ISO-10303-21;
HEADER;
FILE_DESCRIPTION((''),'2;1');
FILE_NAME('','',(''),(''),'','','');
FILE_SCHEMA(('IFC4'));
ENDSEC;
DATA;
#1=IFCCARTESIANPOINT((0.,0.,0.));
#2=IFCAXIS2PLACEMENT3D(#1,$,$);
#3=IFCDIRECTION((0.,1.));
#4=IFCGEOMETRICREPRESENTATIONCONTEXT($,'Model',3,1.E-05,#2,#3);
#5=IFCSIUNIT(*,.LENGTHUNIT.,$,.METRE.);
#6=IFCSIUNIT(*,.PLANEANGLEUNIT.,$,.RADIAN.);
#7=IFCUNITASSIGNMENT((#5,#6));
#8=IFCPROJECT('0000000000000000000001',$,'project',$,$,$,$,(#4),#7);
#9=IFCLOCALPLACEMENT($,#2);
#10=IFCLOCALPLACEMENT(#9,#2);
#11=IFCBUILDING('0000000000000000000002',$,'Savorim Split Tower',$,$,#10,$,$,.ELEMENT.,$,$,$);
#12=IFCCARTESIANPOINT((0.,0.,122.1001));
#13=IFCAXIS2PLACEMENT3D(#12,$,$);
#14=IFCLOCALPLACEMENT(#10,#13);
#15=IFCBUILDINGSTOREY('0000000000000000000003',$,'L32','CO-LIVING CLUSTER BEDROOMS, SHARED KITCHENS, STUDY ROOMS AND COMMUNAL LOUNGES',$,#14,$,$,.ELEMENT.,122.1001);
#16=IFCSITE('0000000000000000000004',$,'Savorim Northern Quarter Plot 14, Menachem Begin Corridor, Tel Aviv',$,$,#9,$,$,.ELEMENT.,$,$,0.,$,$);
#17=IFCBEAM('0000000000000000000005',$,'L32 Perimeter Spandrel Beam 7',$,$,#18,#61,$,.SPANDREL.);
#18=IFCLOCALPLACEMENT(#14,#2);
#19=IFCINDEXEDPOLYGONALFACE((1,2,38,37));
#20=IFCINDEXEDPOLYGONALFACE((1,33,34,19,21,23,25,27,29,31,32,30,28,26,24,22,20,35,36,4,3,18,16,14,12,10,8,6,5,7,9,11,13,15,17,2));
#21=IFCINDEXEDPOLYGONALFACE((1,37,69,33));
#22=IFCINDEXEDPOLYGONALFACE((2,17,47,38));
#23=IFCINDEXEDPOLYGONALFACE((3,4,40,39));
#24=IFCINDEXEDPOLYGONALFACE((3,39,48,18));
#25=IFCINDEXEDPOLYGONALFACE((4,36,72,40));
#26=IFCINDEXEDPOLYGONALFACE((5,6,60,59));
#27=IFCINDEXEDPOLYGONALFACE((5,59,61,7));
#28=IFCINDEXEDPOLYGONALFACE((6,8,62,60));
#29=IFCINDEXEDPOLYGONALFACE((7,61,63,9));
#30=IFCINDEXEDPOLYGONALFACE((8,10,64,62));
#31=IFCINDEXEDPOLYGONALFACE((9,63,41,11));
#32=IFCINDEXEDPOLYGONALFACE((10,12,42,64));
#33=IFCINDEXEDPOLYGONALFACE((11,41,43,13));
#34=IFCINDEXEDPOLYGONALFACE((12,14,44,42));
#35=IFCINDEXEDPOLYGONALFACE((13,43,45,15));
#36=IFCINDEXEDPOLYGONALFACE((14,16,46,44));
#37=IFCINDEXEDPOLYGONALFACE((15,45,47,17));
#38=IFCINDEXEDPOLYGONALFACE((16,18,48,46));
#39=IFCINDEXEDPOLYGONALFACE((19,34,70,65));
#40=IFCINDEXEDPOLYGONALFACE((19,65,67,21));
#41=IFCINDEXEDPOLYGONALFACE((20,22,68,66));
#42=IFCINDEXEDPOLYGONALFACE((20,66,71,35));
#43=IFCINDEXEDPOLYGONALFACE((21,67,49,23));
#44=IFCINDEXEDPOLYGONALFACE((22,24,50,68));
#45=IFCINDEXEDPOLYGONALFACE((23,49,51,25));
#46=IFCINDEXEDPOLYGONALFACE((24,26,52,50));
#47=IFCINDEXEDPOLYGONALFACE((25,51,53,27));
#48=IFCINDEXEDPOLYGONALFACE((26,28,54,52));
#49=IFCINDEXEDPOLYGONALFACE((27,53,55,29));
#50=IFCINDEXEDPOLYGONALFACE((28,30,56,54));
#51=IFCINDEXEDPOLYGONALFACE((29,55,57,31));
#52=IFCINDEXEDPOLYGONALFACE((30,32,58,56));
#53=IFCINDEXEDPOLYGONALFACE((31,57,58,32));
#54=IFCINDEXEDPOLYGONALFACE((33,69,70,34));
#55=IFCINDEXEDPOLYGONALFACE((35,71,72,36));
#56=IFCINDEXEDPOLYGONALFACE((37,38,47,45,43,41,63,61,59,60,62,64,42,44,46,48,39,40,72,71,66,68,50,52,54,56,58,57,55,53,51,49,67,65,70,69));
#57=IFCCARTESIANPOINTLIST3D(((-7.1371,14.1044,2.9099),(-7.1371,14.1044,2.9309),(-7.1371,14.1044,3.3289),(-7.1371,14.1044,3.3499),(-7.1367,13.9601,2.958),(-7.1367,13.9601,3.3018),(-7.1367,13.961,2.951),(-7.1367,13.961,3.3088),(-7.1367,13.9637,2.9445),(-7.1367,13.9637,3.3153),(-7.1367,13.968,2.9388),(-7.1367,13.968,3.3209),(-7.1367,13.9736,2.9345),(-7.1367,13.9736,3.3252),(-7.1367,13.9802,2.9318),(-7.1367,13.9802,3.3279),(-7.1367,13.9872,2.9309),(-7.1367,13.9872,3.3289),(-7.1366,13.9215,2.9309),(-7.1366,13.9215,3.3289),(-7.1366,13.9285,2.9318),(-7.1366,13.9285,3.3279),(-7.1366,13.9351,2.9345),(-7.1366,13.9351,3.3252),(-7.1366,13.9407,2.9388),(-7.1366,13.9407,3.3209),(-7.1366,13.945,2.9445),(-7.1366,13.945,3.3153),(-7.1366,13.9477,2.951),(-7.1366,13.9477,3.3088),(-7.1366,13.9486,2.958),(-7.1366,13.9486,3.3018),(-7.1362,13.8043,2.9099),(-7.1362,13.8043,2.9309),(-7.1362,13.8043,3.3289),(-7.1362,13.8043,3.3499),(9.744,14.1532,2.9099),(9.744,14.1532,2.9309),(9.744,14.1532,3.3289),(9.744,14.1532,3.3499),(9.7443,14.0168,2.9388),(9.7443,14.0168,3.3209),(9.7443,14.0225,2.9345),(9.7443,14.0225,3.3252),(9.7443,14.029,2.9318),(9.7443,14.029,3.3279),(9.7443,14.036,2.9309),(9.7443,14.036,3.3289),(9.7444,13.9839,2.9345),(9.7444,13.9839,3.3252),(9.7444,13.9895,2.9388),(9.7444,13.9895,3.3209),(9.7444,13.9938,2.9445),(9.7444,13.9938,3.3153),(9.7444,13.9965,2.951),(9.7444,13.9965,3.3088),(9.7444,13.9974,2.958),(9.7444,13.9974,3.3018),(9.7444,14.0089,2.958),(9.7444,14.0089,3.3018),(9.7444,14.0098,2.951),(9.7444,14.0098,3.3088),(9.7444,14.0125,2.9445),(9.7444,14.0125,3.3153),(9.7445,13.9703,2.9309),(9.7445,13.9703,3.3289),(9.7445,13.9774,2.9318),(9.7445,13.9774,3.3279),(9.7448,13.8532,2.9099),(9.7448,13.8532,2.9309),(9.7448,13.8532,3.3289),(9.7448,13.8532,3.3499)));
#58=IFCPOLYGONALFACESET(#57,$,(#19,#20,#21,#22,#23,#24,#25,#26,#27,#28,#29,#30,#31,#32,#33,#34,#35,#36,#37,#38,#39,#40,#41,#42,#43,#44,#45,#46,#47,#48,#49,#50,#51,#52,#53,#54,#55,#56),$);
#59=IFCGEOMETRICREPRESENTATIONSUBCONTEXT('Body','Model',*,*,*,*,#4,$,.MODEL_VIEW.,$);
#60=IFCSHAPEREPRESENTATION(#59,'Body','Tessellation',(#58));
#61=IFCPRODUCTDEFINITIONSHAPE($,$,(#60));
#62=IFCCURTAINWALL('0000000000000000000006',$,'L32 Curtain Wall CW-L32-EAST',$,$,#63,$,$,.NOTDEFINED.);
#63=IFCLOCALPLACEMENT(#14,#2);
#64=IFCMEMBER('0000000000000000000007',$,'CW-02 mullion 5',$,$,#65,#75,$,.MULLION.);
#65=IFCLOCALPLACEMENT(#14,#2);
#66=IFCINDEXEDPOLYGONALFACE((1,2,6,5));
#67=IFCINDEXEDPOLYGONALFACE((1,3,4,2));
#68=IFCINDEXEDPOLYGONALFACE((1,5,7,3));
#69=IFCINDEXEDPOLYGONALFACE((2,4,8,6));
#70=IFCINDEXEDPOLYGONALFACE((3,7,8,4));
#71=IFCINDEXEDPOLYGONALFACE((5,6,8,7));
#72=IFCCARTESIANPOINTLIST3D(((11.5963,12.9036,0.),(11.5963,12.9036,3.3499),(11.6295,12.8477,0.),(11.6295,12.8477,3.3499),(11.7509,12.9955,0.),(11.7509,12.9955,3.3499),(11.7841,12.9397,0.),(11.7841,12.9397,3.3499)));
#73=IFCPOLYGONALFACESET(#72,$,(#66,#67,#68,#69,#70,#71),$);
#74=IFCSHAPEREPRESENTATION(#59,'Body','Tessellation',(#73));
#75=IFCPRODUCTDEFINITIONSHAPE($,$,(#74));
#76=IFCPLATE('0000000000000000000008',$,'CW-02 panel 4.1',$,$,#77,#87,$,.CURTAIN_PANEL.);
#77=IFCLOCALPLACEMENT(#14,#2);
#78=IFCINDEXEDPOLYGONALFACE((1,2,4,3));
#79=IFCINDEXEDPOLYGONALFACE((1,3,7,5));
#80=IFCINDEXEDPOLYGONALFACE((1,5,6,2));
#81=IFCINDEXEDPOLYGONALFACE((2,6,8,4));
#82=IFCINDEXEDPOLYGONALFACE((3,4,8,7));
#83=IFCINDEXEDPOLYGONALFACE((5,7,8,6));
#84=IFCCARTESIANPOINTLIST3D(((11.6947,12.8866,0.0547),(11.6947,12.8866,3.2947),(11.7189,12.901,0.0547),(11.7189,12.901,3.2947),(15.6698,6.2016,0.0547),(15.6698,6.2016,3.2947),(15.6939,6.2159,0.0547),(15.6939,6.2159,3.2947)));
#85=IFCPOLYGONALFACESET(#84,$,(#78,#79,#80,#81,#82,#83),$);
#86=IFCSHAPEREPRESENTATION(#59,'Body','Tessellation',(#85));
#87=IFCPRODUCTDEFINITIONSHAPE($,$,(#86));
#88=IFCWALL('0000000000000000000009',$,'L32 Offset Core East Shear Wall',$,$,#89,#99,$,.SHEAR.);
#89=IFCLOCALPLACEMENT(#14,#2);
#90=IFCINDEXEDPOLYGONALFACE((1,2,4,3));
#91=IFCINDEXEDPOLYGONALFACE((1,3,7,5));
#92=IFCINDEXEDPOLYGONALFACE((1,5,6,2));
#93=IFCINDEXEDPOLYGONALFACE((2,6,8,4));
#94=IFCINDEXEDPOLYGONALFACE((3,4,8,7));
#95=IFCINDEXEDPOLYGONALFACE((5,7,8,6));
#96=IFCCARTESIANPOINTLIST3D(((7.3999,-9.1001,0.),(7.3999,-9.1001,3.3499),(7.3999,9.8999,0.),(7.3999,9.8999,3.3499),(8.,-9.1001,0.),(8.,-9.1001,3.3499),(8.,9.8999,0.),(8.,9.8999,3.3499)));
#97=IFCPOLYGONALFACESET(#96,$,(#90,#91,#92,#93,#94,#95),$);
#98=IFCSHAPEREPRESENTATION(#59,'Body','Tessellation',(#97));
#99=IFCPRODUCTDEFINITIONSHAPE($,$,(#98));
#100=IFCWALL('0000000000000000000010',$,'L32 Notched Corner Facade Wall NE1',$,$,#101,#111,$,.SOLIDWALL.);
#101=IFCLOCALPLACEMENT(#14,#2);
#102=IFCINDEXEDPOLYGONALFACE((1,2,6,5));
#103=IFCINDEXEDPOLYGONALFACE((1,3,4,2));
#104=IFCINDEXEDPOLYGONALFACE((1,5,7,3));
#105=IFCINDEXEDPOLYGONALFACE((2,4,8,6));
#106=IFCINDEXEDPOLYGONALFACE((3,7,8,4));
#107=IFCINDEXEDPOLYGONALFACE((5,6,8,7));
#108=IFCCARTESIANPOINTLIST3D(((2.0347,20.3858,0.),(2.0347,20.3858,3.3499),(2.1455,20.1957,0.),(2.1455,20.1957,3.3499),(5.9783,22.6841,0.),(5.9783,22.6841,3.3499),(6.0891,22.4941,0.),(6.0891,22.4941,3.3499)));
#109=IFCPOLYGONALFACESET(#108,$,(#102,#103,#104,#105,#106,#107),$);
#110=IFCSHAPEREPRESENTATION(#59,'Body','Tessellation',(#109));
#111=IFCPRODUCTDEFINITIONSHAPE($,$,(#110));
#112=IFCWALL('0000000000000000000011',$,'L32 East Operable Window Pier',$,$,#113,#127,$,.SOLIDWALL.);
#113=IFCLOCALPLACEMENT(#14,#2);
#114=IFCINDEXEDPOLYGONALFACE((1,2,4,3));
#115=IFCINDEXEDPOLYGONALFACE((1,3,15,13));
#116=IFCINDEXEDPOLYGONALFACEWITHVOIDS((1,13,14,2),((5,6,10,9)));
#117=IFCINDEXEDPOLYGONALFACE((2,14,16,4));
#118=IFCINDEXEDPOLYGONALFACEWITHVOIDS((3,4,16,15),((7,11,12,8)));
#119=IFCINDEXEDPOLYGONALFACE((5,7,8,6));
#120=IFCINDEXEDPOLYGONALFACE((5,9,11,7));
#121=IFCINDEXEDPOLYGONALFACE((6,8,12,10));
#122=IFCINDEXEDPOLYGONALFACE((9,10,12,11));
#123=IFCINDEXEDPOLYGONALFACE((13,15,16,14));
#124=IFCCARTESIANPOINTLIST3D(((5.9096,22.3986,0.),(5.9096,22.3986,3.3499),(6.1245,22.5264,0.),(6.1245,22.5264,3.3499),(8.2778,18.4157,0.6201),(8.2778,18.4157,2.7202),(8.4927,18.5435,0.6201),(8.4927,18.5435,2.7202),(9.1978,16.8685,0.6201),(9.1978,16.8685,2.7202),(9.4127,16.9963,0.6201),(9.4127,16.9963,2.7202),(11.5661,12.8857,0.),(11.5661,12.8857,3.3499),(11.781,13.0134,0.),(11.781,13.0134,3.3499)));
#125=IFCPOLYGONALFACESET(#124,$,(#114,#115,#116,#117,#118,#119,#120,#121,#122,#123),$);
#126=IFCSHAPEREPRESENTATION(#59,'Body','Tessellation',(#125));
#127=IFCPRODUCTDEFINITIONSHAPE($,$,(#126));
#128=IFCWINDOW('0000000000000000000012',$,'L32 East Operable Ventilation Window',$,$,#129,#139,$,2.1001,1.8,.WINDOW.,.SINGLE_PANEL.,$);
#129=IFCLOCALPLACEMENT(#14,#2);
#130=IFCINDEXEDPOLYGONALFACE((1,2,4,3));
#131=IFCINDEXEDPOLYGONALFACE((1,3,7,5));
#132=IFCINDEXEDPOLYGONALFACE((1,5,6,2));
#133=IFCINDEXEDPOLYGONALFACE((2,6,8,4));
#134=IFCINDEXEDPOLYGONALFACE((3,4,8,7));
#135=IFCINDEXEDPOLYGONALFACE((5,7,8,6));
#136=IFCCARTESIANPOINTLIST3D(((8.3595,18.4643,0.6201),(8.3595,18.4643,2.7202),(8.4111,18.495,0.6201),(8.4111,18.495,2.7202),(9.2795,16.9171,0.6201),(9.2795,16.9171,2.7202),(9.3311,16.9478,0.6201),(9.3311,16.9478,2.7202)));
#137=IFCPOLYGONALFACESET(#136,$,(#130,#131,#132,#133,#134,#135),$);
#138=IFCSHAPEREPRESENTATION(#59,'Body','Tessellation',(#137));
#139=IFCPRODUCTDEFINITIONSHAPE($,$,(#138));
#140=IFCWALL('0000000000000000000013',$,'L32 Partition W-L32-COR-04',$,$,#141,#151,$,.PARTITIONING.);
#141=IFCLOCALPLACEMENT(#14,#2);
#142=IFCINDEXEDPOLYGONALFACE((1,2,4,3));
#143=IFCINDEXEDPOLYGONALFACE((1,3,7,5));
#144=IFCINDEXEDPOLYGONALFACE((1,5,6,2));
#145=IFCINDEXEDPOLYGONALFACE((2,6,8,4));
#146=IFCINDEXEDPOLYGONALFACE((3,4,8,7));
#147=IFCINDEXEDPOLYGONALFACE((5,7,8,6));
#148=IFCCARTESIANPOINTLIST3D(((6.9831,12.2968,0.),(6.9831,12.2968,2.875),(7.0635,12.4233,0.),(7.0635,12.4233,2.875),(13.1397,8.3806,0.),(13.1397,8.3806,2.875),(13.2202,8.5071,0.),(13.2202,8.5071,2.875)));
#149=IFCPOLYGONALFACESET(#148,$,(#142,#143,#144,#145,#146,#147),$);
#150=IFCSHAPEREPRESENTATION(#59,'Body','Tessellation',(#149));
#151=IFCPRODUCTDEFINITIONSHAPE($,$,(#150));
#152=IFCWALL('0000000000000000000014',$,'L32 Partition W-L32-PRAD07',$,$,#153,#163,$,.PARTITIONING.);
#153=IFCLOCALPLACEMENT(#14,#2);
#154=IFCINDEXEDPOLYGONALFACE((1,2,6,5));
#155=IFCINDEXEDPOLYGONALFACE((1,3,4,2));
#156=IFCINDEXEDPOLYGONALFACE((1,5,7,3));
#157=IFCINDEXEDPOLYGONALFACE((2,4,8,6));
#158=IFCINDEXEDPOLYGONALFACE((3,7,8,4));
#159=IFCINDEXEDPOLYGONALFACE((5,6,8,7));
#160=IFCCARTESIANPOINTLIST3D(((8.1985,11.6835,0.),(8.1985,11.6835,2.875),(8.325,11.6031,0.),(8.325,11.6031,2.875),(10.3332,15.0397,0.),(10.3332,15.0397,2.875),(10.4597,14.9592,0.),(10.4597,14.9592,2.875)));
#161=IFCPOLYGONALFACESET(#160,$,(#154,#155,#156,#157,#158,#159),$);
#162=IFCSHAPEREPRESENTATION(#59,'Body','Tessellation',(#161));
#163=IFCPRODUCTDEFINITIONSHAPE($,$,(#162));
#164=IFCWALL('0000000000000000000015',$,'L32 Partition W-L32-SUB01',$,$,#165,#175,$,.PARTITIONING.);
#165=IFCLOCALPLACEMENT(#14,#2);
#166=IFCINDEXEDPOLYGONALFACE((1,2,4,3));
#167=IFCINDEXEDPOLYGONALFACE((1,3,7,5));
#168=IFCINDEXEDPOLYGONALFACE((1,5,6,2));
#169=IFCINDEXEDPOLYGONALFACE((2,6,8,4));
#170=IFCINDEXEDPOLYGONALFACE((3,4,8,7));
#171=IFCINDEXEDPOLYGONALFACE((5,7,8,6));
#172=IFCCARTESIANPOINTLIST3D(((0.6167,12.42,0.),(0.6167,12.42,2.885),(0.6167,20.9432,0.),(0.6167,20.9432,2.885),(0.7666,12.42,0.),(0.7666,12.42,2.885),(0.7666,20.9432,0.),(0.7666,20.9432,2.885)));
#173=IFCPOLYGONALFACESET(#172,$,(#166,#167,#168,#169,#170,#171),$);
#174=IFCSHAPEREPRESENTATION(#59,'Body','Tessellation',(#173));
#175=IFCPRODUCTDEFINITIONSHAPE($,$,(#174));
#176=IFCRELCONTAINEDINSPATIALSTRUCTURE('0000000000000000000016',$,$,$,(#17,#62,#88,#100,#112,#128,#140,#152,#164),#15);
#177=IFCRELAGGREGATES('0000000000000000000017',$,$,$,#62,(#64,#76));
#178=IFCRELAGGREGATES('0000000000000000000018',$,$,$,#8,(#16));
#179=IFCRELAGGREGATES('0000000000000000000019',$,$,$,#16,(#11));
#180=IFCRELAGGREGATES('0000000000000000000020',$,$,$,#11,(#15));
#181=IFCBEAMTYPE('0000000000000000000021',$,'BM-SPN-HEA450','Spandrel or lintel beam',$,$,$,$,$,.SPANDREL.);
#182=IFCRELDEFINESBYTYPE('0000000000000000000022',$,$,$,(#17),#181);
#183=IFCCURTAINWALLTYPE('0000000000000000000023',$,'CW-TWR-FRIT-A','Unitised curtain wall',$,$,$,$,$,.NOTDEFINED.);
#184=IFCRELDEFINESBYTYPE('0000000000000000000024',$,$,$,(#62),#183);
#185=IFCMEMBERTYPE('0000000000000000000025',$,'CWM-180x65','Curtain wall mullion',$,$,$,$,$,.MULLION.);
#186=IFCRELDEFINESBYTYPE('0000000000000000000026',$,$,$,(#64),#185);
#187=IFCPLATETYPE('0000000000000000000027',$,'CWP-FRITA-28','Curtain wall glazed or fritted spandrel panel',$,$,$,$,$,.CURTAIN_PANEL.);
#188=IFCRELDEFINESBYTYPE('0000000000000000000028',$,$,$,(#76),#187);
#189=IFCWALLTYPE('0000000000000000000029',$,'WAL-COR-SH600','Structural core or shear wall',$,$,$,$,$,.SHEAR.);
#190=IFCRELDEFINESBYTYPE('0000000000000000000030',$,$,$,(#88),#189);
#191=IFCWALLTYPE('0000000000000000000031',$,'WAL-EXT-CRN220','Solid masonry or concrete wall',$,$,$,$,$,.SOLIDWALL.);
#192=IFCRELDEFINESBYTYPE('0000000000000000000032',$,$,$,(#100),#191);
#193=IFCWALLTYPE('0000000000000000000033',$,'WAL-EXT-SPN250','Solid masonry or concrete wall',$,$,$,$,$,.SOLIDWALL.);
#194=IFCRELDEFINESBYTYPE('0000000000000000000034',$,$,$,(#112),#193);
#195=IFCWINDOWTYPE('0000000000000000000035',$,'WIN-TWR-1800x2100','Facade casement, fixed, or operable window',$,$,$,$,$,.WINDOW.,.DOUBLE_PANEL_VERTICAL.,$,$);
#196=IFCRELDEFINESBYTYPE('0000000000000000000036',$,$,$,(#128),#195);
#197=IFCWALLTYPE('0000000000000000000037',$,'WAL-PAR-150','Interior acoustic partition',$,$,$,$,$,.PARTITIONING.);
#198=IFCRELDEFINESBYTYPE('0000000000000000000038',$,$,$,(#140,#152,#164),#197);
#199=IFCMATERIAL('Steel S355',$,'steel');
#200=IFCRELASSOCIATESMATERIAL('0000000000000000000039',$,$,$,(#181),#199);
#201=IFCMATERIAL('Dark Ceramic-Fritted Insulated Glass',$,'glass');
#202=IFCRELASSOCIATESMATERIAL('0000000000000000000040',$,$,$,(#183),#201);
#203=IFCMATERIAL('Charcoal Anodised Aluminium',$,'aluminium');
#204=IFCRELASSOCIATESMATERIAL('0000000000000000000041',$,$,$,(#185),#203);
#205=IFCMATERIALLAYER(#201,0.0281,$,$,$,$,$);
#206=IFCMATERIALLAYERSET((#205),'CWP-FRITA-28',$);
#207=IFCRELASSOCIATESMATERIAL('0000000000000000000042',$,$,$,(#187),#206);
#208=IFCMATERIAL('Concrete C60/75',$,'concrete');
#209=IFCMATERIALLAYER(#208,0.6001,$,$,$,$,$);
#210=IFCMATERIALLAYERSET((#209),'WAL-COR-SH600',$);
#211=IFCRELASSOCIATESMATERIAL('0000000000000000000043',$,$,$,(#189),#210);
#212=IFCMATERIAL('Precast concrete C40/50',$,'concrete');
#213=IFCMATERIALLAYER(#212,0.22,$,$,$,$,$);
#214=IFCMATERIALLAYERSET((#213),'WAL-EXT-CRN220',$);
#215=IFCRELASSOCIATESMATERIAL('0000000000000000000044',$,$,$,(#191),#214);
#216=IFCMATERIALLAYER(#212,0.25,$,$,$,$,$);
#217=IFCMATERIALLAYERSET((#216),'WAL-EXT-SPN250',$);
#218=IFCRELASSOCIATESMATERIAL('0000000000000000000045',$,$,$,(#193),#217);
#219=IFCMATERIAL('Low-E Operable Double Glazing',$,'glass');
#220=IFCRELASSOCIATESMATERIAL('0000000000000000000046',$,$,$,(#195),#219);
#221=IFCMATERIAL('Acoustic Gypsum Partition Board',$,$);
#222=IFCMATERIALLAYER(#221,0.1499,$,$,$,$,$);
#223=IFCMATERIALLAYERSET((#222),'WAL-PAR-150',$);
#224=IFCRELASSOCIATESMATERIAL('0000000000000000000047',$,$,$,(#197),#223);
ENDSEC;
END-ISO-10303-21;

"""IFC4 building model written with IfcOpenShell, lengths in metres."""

from ifc_helpers import new_model, si_unit, direction, frame, frame_2d, origin, origin_2d, place, context, subcontext, project, spatial, rectangle, i_section, extrude, material, layer, layer_set, material_profile, profile_set, type_object, element, fill, aggregate, save


model = new_model("IFC4")

# Units and contexts
model_context = context("Model", 3, precision=1e-05, world=origin(), true_north=direction((0.0, 1.0)))
body_context = subcontext(model_context, "Body", "Model", "MODEL_VIEW")
ifc_project = project(units=[si_unit("LENGTHUNIT", "METRE"), si_unit("PLANEANGLEUNIT", "RADIAN")], contexts=[model_context])

# Site, building, storey
site_placement = place(None, origin())
site = spatial("IfcSite", under=ifc_project, at=site_placement, Name="Savorim Northern Quarter Plot 14, Menachem Begin Corridor, Tel Aviv", CompositionType="ELEMENT", RefElevation=0.0)
building_placement = place(site_placement, origin())
building = spatial("IfcBuilding", under=site, at=building_placement, Name="Savorim Split Tower", CompositionType="ELEMENT")
storey_placement = place(building_placement, frame((0.0, 0.0, 122.1001)))
storey = spatial("IfcBuildingStorey", under=building, at=storey_placement, Name="L32", Description="CO-LIVING CLUSTER BEDROOMS, SHARED KITCHENS, STUDY ROOMS AND COMMUNAL LOUNGES", CompositionType="ELEMENT", Elevation=122.1001)

# Beam
ifc_material_1 = material(Name="Steel S355", Category="steel")
ifc_material_profile_1 = material_profile(ifc_material_1, i_section(OverallWidth=0.3, OverallDepth=0.4399, WebThickness=0.0115, FlangeThickness=0.021, FilletRadius=0.0271, at=origin_2d()), Name="HEA 450")
ifc_profile_set_1 = profile_set([ifc_material_profile_1], Name="Steel S355")
beam_type_1 = type_object("IfcBeamType", Name="BM-SPN-HEA450", Description="Spandrel or lintel beam", PredefinedType="SPANDREL", material=ifc_profile_set_1)
beam_1_placement = place(storey_placement, frame((9.7444, 14.0032, 3.1299), z_axis=(-0.999996, -0.002892, 0.0), x_axis=(0.002892, -0.999996, 0.0)))
element("IfcBeam", 1, at=beam_1_placement, inside=storey, type_object=beam_type_1, Name="L32 Perimeter Spandrel Beam 7", PredefinedType="SPANDREL", context=body_context, shape_type="SweptSolid", body=[
    extrude(i_section(OverallWidth=0.3, OverallDepth=0.4399, WebThickness=0.0115, FlangeThickness=0.021, FilletRadius=0.0271, at=origin_2d()), origin(), (0.0, 0.0, 1.0), 16.8811),
])

# Curtain wall, member, plate
ifc_material_2 = material(Name="Dark Ceramic-Fritted Insulated Glass", Category="glass")
curtain_wall_type = type_object("IfcCurtainWallType", Name="CW-TWR-FRIT-A", Description="Unitised curtain wall", PredefinedType="NOTDEFINED", material=ifc_material_2)
curtain_wall_placement = place(storey_placement, origin())
curtain_wall = element("IfcCurtainWall", 2, at=curtain_wall_placement, inside=storey, type_object=curtain_wall_type, Name="L32 Curtain Wall CW-L32-EAST", PredefinedType="NOTDEFINED")
ifc_material_3 = material(Name="Charcoal Anodised Aluminium", Category="aluminium")
ifc_material_profile_2 = material_profile(ifc_material_3, rectangle(XDim=0.1799, YDim=0.0649, at=origin_2d()), Name="ALU-M 180x65")
ifc_profile_set_2 = profile_set([ifc_material_profile_2], Name="Charcoal Anodised Aluminium")
member_type = type_object("IfcMemberType", Name="CWM-180x65", Description="Curtain wall mullion", PredefinedType="MULLION", material=ifc_profile_set_2)
member_placement = place(storey_placement, frame((11.6902, 12.9216, 0.0), z_axis=(0.0, 0.0, 1.0), x_axis=(-0.859525, -0.511093, 0.0)))
member = element("IfcMember", 3, at=member_placement, type_object=member_type, Name="CW-02 mullion 5", PredefinedType="MULLION", context=body_context, shape_type="SweptSolid", body=[
    extrude(rectangle(XDim=0.1799, YDim=0.0649, at=origin_2d()), origin(), (0.0, 0.0, 1.0), 3.3499),
])
ifc_layer_1 = layer(ifc_material_2, 0.0281)
ifc_layer_set_1 = layer_set([ifc_layer_1], Name="CWP-FRITA-28")
plate_type = type_object("IfcPlateType", Name="CWP-FRITA-28", Description="Curtain wall glazed or fritted spandrel panel", PredefinedType="CURTAIN_PANEL", material=ifc_layer_set_1)
plate_placement = place(storey_placement, frame((13.6943, 9.5513, 0.0547), z_axis=(0.0, 0.0, 1.0), x_axis=(-0.511093, 0.859525, 0.0)))
plate = element("IfcPlate", 4, at=plate_placement, type_object=plate_type, Name="CW-02 panel 4.1", PredefinedType="CURTAIN_PANEL", context=body_context, shape_type="SweptSolid", body=[
    extrude(rectangle(XDim=7.7776, YDim=0.0281, at=origin_2d()), origin(), (0.0, 0.0, 1.0), 3.24),
])
aggregate(curtain_wall, [member, plate])

# Shared definitions
ifc_material_4 = material(Name="Concrete C60/75", Category="concrete")
ifc_layer_2 = layer(ifc_material_4, 0.6001)
ifc_layer_set_2 = layer_set([ifc_layer_2], Name="WAL-COR-SH600")
wall_type_1 = type_object("IfcWallType", Name="WAL-COR-SH600", Description="Structural core or shear wall", PredefinedType="SHEAR", material=ifc_layer_set_2)

# Walls
wall_1_placement = place(storey_placement, frame((7.7, 9.8999, 0.0), z_axis=(0.0, 0.0, 1.0), x_axis=(0.0, -1.0, 0.0)))
element("IfcWall", 5, at=wall_1_placement, inside=storey, type_object=wall_type_1, Name="L32 Offset Core East Shear Wall", PredefinedType="SHEAR", context=body_context, shape_type="SweptSolid", body=[
    extrude(rectangle(XDim=19.0, YDim=0.6001, at=frame_2d((9.5, 0.0))), origin(), (0.0, 0.0, 1.0), 3.3499),
])
ifc_material_5 = material(Name="Precast concrete C40/50", Category="concrete")
ifc_layer_3 = layer(ifc_material_5, 0.22)
ifc_layer_set_3 = layer_set([ifc_layer_3], Name="WAL-EXT-CRN220")
wall_type_2 = type_object("IfcWallType", Name="WAL-EXT-CRN220", Description="Solid masonry or concrete wall", PredefinedType="SOLIDWALL", material=ifc_layer_set_3)
wall_2_placement = place(storey_placement, frame((2.0901, 20.2908, 0.0), z_axis=(0.0, 0.0, 1.0), x_axis=(0.863979, 0.503528, 0.0)))
element("IfcWall", 6, at=wall_2_placement, inside=storey, type_object=wall_type_2, Name="L32 Notched Corner Facade Wall NE1", PredefinedType="SOLIDWALL", context=body_context, shape_type="SweptSolid", body=[
    extrude(rectangle(XDim=4.5645, YDim=0.22, at=frame_2d((2.2822, 0.0))), origin(), (0.0, 0.0, 1.0), 3.3499),
])

# Wall, opening, window
ifc_layer_4 = layer(ifc_material_5, 0.25)
ifc_layer_set_4 = layer_set([ifc_layer_4], Name="WAL-EXT-SPN250")
wall_type_3 = type_object("IfcWallType", Name="WAL-EXT-SPN250", Description="Solid masonry or concrete wall", PredefinedType="SOLIDWALL", material=ifc_layer_set_4)
wall_3_placement = place(storey_placement, frame((6.0171, 22.4624, 0.0), z_axis=(0.0, 0.0, 1.0), x_axis=(0.511086, -0.85953, 0.0)))
wall_3 = element("IfcWall", 7, at=wall_3_placement, inside=storey, type_object=wall_type_3, Name="L32 East Operable Window Pier", PredefinedType="SOLIDWALL", context=body_context, shape_type="SweptSolid", body=[
    extrude(rectangle(XDim=11.0676, YDim=0.25, at=frame_2d((5.5337, 0.0))), origin(), (0.0, 0.0, 1.0), 3.3499),
])
opening_1_placement = place(wall_3_placement, frame((4.6338, 0.0, 0.6201)))
opening_1 = element("IfcOpeningElement", 8, at=opening_1_placement, cuts=wall_3, PredefinedType="OPENING", context=body_context, shape_type="SweptSolid", body=[
    extrude(rectangle(XDim=1.8, YDim=2.1001, at=frame_2d((0.8999, 1.05))), frame((0.0, 0.135, 0.0), z_axis=(0.0, -1.0, 0.0), x_axis=(1.0, 0.0, 0.0)), (0.0, 0.0, 1.0), 0.27),
])
ifc_material_6 = material(Name="Low-E Operable Double Glazing", Category="glass")
window_type = type_object("IfcWindowType", Name="WIN-TWR-1800x2100", Description="Facade casement, fixed, or operable window", PartitioningType="DOUBLE_PANEL_VERTICAL", PredefinedType="WINDOW", material=ifc_material_6)
window_placement = place(opening_1_placement, origin())
window = element("IfcWindow", 9, at=window_placement, inside=storey, type_object=window_type, Name="L32 East Operable Ventilation Window", OverallHeight=2.1001, OverallWidth=1.8, PartitioningType="SINGLE_PANEL", PredefinedType="WINDOW", context=body_context, shape_type="SweptSolid", body=[
    extrude(rectangle(XDim=1.8, YDim=2.1001, at=frame_2d((0.8999, 1.05))), frame((0.0, 0.03, 0.0), z_axis=(0.0, -1.0, 0.0), x_axis=(1.0, 0.0, 0.0)), (0.0, 0.0, 1.0), 0.0601),
])
fill(opening_1, window)

# Walls
ifc_material_7 = material(Name="Acoustic Gypsum Partition Board")
ifc_layer_5 = layer(ifc_material_7, 0.1499)
ifc_layer_set_5 = layer_set([ifc_layer_5], Name="WAL-PAR-150")
wall_type_4 = type_object("IfcWallType", Name="WAL-PAR-150", Description="Interior acoustic partition", PredefinedType="PARTITIONING", material=ifc_layer_set_5)
wall_4_placement = place(storey_placement, frame((7.0232, 12.3601, 0.0), z_axis=(0.0, 0.0, 1.0), x_axis=(0.843765, -0.536713, 0.0)))
element("IfcWall", 10, at=wall_4_placement, inside=storey, type_object=wall_type_4, Name="L32 Partition W-L32-COR-04", PredefinedType="PARTITIONING", context=body_context, shape_type="SweptSolid", body=[
    extrude(rectangle(XDim=7.2966, YDim=0.1499, at=frame_2d((3.6484, 0.0))), origin(), (0.0, 0.0, 1.0), 2.875),
])
wall_5_placement = place(storey_placement, frame((8.2617, 11.6433, 0.0), z_axis=(0.0, 0.0, 1.0), x_axis=(0.536697, 0.843775, 0.0)))
element("IfcWall", 11, at=wall_5_placement, inside=storey, type_object=wall_type_4, Name="L32 Partition W-L32-PRAD07", PredefinedType="PARTITIONING", context=body_context, shape_type="SweptSolid", body=[
    extrude(rectangle(XDim=3.9775, YDim=0.1499, at=frame_2d((1.9888, 0.0))), origin(), (0.0, 0.0, 1.0), 2.875),
])
wall_6_placement = place(storey_placement, frame((0.6917, 12.4199, 0.0), z_axis=(0.0, 0.0, 1.0), x_axis=(0.0, 1.0, 0.0)))
element("IfcWall", 12, at=wall_6_placement, inside=storey, type_object=wall_type_4, Name="L32 Partition W-L32-SUB01", PredefinedType="PARTITIONING", context=body_context, shape_type="SweptSolid", body=[
    extrude(rectangle(XDim=8.5232, YDim=0.1499, at=frame_2d((4.2617, 0.0))), origin(), (0.0, 0.0, 1.0), 2.885),
])

save(model, "model.ifc")
